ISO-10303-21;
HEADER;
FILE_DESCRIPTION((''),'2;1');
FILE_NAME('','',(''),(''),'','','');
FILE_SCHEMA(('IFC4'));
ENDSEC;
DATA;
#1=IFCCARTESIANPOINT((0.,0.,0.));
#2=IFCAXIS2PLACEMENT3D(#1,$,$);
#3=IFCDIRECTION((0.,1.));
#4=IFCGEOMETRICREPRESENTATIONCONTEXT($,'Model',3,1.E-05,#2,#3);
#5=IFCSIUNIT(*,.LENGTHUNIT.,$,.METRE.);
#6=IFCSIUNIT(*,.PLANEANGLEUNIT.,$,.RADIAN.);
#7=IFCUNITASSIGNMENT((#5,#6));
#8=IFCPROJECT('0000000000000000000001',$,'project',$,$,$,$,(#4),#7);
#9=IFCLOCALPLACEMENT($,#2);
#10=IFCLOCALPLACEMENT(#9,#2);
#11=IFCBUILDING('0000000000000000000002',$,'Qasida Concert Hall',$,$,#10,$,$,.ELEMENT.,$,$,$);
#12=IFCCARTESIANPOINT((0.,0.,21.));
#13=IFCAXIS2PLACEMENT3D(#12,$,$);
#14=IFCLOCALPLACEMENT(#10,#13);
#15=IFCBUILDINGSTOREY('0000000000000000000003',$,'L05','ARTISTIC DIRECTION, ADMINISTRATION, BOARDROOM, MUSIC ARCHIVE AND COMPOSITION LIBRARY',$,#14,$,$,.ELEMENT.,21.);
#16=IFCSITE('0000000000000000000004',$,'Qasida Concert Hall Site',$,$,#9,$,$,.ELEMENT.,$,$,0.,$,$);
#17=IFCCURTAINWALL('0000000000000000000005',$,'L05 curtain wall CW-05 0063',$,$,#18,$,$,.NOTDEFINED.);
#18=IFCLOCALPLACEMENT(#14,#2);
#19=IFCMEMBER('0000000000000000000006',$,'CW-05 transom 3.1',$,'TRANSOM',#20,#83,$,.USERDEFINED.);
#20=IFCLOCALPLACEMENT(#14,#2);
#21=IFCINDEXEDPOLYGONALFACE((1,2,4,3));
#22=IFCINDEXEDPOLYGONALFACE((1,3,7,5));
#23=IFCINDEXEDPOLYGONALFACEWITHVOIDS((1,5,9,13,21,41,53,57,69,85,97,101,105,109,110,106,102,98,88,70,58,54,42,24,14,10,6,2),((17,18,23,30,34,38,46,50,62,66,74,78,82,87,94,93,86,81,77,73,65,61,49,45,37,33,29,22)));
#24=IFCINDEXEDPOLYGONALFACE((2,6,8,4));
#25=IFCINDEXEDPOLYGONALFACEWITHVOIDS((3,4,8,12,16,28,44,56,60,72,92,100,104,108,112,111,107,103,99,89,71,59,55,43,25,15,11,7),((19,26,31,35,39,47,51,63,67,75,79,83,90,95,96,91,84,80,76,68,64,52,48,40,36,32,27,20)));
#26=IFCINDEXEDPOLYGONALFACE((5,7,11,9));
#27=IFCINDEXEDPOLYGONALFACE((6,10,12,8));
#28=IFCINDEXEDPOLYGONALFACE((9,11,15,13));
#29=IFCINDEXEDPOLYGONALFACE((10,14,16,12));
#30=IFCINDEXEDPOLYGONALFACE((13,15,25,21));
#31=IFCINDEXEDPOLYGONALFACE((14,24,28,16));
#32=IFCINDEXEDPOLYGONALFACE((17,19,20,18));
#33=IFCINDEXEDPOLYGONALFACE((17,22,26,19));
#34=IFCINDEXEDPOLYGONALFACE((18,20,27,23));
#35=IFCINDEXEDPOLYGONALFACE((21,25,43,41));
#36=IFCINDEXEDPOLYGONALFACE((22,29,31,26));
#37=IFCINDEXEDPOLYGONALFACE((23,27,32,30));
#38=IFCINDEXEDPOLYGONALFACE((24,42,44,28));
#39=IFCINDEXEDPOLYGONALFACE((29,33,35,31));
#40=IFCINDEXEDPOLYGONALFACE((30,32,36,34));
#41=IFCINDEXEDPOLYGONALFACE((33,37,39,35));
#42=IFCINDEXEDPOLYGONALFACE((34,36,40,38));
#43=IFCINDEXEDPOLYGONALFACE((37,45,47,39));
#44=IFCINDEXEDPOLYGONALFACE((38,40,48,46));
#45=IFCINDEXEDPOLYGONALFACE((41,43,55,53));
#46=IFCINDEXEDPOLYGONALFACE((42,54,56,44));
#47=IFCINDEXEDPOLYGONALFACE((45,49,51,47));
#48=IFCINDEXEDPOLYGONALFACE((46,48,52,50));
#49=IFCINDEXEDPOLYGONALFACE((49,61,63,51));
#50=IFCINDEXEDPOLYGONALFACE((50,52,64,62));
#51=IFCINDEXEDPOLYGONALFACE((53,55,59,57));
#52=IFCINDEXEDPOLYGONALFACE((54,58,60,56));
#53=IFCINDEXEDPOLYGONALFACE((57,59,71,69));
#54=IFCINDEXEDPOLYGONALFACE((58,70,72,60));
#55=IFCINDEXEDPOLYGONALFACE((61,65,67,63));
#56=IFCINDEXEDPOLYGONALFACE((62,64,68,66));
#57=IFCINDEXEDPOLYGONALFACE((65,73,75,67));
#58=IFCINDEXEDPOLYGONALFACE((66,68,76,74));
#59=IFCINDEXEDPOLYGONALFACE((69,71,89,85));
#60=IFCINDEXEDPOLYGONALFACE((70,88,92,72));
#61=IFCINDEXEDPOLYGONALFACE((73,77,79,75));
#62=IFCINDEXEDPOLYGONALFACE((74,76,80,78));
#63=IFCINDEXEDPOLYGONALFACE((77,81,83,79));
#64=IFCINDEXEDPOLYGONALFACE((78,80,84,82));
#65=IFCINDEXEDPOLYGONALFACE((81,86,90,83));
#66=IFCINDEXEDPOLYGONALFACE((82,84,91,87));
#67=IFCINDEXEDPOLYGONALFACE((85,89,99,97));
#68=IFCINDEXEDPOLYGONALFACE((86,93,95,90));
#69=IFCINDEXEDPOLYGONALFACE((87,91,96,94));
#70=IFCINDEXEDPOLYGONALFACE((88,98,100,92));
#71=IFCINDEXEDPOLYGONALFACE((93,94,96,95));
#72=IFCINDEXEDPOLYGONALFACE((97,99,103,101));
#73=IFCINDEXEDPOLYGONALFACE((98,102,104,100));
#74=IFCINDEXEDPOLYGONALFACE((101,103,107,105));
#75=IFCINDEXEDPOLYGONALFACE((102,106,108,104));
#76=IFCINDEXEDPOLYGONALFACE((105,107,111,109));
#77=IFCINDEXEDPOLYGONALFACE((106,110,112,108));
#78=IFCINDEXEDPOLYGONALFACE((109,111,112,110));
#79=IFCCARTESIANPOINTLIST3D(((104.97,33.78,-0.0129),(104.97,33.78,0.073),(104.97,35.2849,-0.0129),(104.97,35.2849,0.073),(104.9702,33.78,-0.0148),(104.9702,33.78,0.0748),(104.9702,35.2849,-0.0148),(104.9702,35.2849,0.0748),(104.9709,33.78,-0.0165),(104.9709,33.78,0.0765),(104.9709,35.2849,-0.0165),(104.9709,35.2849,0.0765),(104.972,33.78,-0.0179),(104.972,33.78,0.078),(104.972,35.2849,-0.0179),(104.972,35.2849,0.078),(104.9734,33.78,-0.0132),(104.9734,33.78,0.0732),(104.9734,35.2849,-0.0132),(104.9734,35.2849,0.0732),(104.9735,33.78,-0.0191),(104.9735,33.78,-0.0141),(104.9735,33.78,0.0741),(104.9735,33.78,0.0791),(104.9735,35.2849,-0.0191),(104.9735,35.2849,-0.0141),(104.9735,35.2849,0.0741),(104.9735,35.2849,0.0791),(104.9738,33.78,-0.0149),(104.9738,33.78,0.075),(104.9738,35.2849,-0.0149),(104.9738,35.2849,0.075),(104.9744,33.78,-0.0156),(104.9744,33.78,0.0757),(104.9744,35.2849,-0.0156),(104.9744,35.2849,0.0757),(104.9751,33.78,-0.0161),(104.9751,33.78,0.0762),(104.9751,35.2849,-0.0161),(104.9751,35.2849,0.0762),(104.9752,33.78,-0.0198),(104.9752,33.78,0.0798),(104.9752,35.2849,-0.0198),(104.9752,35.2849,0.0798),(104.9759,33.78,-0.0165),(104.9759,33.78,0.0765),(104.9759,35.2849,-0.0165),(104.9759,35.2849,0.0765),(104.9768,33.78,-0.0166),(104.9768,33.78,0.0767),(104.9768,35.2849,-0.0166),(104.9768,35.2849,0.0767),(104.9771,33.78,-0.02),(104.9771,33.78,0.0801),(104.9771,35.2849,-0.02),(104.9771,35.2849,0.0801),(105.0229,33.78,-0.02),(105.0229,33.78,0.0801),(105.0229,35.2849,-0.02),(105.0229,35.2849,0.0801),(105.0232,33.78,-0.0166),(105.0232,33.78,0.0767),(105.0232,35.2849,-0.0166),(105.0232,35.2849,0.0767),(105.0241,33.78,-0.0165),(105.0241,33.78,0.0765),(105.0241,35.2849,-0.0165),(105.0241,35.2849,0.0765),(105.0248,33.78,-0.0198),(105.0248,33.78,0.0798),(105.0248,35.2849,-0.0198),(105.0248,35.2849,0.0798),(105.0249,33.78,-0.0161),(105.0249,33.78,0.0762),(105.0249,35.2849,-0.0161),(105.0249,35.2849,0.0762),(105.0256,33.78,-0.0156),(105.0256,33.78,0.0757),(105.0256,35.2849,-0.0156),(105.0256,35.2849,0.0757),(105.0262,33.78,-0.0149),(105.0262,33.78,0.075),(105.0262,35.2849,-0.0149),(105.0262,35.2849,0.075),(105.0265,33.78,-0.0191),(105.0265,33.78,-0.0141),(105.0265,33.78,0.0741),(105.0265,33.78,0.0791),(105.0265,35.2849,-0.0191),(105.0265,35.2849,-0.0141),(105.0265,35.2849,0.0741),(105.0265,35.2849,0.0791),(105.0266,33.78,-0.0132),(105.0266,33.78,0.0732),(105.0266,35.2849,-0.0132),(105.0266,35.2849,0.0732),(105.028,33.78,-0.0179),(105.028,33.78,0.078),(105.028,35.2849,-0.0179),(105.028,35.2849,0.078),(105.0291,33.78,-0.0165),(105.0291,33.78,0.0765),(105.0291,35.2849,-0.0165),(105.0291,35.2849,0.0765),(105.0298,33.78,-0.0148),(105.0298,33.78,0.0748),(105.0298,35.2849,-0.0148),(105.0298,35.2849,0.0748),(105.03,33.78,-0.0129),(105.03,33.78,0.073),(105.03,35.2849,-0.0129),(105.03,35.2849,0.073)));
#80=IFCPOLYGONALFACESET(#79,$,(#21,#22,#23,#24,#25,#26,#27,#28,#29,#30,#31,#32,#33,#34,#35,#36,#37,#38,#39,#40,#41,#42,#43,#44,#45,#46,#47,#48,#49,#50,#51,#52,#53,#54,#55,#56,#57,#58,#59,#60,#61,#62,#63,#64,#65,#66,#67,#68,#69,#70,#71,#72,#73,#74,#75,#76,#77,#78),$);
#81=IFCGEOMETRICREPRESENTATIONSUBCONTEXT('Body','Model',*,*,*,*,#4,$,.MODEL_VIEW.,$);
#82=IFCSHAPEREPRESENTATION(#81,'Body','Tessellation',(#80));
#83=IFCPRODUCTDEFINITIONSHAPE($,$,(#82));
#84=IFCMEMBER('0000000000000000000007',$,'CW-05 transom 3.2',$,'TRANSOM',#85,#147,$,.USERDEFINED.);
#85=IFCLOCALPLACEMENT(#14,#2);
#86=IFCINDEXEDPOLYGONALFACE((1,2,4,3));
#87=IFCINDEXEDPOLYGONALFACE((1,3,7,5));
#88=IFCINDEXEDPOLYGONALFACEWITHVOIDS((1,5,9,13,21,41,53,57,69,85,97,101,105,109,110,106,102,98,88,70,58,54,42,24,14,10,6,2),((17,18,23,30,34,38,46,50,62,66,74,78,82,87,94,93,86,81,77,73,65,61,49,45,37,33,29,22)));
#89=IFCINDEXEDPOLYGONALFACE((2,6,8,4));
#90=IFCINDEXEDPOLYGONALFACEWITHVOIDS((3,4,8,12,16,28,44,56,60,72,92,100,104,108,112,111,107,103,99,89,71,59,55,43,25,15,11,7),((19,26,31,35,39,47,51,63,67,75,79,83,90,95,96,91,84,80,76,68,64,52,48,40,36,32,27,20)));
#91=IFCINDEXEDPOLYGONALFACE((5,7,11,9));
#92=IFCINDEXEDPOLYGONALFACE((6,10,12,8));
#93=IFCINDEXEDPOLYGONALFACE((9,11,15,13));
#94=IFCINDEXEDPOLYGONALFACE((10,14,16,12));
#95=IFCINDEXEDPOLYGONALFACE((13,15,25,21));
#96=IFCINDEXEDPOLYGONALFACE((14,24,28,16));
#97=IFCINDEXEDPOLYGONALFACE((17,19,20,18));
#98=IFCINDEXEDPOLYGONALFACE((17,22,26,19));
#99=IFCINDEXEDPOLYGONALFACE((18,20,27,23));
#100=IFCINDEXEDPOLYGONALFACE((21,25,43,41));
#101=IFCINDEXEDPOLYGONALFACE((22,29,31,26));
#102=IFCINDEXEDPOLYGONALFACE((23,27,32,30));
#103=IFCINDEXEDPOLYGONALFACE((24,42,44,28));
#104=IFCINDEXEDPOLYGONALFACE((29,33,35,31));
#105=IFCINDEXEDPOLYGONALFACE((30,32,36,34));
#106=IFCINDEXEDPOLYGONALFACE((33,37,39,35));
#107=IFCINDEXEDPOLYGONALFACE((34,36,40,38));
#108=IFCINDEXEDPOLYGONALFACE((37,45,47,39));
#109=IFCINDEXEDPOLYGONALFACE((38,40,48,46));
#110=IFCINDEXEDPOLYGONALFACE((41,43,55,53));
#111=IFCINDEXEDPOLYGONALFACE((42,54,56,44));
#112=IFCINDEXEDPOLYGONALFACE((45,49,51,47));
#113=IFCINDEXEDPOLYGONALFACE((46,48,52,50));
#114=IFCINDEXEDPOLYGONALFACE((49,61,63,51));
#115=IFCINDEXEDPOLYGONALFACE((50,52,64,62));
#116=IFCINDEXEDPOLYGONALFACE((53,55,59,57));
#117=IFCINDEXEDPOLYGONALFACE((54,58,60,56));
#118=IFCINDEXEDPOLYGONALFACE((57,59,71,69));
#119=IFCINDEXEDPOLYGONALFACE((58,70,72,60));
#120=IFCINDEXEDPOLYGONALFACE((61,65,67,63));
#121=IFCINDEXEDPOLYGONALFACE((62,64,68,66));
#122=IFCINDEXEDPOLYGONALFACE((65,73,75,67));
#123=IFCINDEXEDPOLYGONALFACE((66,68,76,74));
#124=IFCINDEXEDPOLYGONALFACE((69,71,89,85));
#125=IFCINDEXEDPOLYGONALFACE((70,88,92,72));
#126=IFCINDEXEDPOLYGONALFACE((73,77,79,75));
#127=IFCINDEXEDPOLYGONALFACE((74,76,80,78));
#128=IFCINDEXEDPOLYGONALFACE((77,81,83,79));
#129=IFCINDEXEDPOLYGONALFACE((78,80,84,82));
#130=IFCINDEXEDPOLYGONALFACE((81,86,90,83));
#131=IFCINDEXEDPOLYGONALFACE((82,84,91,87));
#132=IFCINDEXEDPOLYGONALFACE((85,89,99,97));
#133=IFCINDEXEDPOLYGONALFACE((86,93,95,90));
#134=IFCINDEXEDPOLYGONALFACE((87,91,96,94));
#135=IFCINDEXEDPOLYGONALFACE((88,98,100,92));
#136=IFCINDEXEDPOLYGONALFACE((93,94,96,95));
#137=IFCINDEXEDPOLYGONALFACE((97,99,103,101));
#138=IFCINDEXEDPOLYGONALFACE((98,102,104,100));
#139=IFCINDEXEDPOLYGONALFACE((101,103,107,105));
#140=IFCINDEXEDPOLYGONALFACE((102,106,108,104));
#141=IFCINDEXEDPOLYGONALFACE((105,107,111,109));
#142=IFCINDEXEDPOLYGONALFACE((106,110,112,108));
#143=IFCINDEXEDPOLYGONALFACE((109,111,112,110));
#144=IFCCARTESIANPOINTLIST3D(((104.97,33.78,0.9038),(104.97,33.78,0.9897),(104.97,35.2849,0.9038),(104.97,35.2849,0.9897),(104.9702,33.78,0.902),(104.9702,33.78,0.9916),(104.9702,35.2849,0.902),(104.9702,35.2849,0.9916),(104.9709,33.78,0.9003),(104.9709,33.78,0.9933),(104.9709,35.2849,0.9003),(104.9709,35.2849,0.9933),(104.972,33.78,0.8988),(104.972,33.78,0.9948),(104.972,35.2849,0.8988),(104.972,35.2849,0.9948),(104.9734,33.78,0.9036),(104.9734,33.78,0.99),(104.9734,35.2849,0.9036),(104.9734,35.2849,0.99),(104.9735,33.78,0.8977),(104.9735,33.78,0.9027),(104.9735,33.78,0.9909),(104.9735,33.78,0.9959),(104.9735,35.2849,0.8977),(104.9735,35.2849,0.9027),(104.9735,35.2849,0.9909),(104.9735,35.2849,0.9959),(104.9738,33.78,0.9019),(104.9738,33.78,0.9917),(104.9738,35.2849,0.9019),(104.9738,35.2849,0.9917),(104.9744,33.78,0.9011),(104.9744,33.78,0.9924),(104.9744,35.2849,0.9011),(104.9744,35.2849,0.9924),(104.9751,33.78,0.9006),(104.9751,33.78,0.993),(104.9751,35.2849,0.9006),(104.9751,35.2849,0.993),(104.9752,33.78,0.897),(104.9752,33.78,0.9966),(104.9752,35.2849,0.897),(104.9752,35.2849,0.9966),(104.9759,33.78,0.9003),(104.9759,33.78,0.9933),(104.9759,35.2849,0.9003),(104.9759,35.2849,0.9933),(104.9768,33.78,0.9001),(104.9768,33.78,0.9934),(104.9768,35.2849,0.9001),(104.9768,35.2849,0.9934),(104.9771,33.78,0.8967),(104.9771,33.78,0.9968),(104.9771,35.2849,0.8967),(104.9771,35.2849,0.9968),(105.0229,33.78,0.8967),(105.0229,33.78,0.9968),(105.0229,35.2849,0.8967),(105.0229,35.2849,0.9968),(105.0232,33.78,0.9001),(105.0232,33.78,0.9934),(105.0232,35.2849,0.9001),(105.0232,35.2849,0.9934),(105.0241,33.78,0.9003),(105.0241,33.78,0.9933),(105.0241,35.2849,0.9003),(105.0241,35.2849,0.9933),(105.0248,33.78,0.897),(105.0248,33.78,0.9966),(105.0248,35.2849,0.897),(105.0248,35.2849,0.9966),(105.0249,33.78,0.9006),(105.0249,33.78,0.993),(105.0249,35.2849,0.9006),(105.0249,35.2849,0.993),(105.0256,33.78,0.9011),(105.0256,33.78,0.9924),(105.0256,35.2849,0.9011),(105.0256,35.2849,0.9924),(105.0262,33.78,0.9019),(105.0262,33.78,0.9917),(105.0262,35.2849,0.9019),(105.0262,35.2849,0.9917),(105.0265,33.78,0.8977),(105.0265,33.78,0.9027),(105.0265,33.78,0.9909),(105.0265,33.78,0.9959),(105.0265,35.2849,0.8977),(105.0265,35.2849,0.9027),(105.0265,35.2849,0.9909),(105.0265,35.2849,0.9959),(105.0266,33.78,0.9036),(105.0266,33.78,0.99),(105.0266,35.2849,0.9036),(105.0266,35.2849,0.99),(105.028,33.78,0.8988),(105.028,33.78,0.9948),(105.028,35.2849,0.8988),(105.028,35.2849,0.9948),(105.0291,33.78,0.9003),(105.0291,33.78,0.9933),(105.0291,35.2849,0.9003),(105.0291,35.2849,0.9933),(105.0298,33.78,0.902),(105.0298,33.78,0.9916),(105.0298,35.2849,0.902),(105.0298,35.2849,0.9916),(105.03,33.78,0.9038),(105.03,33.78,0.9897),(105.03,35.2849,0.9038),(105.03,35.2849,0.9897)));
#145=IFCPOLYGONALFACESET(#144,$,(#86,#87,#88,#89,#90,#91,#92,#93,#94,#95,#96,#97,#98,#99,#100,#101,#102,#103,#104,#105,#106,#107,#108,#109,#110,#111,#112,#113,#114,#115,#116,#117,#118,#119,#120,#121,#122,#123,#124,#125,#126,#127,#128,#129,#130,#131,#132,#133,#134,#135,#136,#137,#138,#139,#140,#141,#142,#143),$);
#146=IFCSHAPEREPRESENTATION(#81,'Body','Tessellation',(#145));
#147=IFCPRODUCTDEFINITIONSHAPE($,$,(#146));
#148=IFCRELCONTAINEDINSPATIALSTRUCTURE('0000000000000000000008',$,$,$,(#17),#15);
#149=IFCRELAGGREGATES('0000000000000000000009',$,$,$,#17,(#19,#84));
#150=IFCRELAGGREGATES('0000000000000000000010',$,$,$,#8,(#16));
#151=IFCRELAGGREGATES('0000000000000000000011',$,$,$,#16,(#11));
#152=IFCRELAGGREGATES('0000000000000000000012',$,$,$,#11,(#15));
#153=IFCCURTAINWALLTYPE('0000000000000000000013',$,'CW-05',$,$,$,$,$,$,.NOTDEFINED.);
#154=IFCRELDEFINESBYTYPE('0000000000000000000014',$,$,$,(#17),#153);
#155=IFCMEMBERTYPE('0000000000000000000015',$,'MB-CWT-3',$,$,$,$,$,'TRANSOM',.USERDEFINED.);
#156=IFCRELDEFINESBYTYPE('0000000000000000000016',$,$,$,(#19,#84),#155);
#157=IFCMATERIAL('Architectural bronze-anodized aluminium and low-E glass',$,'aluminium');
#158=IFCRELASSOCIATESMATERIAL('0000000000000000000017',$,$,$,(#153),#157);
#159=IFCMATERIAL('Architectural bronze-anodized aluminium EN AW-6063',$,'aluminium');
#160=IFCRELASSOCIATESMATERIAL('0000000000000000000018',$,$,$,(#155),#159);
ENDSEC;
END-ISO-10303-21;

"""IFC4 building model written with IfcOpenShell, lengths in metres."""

from ifc_helpers import new_model, si_unit, direction, frame, origin, origin_2d, place, context, subcontext, project, spatial, hollow_rectangle, extrude, material, material_profile, profile_set, type_object, element, aggregate, save


model = new_model("IFC4")

# Units and contexts
model_context = context("Model", 3, precision=1e-05, world=origin(), true_north=direction((0.0, 1.0)))
body_context = subcontext(model_context, "Body", "Model", "MODEL_VIEW")
ifc_project = project(units=[si_unit("LENGTHUNIT", "METRE"), si_unit("PLANEANGLEUNIT", "RADIAN")], contexts=[model_context])

# Site, building, storey
site_placement = place(None, origin())
site = spatial("IfcSite", under=ifc_project, at=site_placement, Name="Qasida Concert Hall Site", CompositionType="ELEMENT", RefElevation=0.0)
building_placement = place(site_placement, origin())
building = spatial("IfcBuilding", under=site, at=building_placement, Name="Qasida Concert Hall", CompositionType="ELEMENT")
storey_placement = place(building_placement, frame((0.0, 0.0, 21.0)))
storey = spatial("IfcBuildingStorey", under=building, at=storey_placement, Name="L05", Description="ARTISTIC DIRECTION, ADMINISTRATION, BOARDROOM, MUSIC ARCHIVE AND COMPOSITION LIBRARY", CompositionType="ELEMENT", Elevation=21.0)

# Curtain wall, members
ifc_material_1 = material(Name="Architectural bronze-anodized aluminium and low-E glass", Category="aluminium")
curtain_wall_type = type_object("IfcCurtainWallType", Name="CW-05", PredefinedType="NOTDEFINED", material=ifc_material_1)
curtain_wall_placement = place(storey_placement, origin())
curtain_wall = element("IfcCurtainWall", 1, at=curtain_wall_placement, inside=storey, type_object=curtain_wall_type, Name="L05 curtain wall CW-05 0063", PredefinedType="NOTDEFINED")
ifc_material_2 = material(Name="Architectural bronze-anodized aluminium EN AW-6063", Category="aluminium")
ifc_material_profile_1 = material_profile(ifc_material_2, hollow_rectangle(XDim=0.0601, YDim=0.1001, WallThickness=0.0034, InnerFilletRadius=0.0034, OuterFilletRadius=0.0071, at=origin_2d()), Name="CWT 100x60x3.5")
ifc_profile_set_1 = profile_set([ifc_material_profile_1], Name="Architectural bronze-anodized aluminium EN AW-6063")
member_type_1 = type_object("IfcMemberType", Name="MB-CWT-3", ElementType="TRANSOM", PredefinedType="USERDEFINED", material=ifc_profile_set_1)
member_1_placement = place(storey_placement, frame((105.0, 33.78, 0.03), z_axis=(0.0, 1.0, 0.0), x_axis=(-1.0, 0.0, 0.0)))
member_1 = element("IfcMember", 2, at=member_1_placement, type_object=member_type_1, Name="CW-05 transom 3.1", ObjectType="TRANSOM", PredefinedType="USERDEFINED", context=body_context, shape_type="SweptSolid", body=[
    extrude(hollow_rectangle(XDim=0.0601, YDim=0.1001, WallThickness=0.0034, InnerFilletRadius=0.0034, OuterFilletRadius=0.0071, at=origin_2d()), origin(), (0.0, 0.0, 1.0), 1.5049),
])
member_2_placement = place(storey_placement, frame((105.0, 33.78, 0.9468), z_axis=(0.0, 1.0, 0.0), x_axis=(-1.0, 0.0, 0.0)))
member_2 = element("IfcMember", 3, at=member_2_placement, type_object=member_type_1, Name="CW-05 transom 3.2", ObjectType="TRANSOM", PredefinedType="USERDEFINED", context=body_context, shape_type="SweptSolid", body=[
    extrude(hollow_rectangle(XDim=0.0601, YDim=0.1001, WallThickness=0.0034, InnerFilletRadius=0.0034, OuterFilletRadius=0.0071, at=origin_2d()), origin(), (0.0, 0.0, 1.0), 1.5049),
])
aggregate(curtain_wall, [member_1, member_2])

save(model, "model.ifc")
